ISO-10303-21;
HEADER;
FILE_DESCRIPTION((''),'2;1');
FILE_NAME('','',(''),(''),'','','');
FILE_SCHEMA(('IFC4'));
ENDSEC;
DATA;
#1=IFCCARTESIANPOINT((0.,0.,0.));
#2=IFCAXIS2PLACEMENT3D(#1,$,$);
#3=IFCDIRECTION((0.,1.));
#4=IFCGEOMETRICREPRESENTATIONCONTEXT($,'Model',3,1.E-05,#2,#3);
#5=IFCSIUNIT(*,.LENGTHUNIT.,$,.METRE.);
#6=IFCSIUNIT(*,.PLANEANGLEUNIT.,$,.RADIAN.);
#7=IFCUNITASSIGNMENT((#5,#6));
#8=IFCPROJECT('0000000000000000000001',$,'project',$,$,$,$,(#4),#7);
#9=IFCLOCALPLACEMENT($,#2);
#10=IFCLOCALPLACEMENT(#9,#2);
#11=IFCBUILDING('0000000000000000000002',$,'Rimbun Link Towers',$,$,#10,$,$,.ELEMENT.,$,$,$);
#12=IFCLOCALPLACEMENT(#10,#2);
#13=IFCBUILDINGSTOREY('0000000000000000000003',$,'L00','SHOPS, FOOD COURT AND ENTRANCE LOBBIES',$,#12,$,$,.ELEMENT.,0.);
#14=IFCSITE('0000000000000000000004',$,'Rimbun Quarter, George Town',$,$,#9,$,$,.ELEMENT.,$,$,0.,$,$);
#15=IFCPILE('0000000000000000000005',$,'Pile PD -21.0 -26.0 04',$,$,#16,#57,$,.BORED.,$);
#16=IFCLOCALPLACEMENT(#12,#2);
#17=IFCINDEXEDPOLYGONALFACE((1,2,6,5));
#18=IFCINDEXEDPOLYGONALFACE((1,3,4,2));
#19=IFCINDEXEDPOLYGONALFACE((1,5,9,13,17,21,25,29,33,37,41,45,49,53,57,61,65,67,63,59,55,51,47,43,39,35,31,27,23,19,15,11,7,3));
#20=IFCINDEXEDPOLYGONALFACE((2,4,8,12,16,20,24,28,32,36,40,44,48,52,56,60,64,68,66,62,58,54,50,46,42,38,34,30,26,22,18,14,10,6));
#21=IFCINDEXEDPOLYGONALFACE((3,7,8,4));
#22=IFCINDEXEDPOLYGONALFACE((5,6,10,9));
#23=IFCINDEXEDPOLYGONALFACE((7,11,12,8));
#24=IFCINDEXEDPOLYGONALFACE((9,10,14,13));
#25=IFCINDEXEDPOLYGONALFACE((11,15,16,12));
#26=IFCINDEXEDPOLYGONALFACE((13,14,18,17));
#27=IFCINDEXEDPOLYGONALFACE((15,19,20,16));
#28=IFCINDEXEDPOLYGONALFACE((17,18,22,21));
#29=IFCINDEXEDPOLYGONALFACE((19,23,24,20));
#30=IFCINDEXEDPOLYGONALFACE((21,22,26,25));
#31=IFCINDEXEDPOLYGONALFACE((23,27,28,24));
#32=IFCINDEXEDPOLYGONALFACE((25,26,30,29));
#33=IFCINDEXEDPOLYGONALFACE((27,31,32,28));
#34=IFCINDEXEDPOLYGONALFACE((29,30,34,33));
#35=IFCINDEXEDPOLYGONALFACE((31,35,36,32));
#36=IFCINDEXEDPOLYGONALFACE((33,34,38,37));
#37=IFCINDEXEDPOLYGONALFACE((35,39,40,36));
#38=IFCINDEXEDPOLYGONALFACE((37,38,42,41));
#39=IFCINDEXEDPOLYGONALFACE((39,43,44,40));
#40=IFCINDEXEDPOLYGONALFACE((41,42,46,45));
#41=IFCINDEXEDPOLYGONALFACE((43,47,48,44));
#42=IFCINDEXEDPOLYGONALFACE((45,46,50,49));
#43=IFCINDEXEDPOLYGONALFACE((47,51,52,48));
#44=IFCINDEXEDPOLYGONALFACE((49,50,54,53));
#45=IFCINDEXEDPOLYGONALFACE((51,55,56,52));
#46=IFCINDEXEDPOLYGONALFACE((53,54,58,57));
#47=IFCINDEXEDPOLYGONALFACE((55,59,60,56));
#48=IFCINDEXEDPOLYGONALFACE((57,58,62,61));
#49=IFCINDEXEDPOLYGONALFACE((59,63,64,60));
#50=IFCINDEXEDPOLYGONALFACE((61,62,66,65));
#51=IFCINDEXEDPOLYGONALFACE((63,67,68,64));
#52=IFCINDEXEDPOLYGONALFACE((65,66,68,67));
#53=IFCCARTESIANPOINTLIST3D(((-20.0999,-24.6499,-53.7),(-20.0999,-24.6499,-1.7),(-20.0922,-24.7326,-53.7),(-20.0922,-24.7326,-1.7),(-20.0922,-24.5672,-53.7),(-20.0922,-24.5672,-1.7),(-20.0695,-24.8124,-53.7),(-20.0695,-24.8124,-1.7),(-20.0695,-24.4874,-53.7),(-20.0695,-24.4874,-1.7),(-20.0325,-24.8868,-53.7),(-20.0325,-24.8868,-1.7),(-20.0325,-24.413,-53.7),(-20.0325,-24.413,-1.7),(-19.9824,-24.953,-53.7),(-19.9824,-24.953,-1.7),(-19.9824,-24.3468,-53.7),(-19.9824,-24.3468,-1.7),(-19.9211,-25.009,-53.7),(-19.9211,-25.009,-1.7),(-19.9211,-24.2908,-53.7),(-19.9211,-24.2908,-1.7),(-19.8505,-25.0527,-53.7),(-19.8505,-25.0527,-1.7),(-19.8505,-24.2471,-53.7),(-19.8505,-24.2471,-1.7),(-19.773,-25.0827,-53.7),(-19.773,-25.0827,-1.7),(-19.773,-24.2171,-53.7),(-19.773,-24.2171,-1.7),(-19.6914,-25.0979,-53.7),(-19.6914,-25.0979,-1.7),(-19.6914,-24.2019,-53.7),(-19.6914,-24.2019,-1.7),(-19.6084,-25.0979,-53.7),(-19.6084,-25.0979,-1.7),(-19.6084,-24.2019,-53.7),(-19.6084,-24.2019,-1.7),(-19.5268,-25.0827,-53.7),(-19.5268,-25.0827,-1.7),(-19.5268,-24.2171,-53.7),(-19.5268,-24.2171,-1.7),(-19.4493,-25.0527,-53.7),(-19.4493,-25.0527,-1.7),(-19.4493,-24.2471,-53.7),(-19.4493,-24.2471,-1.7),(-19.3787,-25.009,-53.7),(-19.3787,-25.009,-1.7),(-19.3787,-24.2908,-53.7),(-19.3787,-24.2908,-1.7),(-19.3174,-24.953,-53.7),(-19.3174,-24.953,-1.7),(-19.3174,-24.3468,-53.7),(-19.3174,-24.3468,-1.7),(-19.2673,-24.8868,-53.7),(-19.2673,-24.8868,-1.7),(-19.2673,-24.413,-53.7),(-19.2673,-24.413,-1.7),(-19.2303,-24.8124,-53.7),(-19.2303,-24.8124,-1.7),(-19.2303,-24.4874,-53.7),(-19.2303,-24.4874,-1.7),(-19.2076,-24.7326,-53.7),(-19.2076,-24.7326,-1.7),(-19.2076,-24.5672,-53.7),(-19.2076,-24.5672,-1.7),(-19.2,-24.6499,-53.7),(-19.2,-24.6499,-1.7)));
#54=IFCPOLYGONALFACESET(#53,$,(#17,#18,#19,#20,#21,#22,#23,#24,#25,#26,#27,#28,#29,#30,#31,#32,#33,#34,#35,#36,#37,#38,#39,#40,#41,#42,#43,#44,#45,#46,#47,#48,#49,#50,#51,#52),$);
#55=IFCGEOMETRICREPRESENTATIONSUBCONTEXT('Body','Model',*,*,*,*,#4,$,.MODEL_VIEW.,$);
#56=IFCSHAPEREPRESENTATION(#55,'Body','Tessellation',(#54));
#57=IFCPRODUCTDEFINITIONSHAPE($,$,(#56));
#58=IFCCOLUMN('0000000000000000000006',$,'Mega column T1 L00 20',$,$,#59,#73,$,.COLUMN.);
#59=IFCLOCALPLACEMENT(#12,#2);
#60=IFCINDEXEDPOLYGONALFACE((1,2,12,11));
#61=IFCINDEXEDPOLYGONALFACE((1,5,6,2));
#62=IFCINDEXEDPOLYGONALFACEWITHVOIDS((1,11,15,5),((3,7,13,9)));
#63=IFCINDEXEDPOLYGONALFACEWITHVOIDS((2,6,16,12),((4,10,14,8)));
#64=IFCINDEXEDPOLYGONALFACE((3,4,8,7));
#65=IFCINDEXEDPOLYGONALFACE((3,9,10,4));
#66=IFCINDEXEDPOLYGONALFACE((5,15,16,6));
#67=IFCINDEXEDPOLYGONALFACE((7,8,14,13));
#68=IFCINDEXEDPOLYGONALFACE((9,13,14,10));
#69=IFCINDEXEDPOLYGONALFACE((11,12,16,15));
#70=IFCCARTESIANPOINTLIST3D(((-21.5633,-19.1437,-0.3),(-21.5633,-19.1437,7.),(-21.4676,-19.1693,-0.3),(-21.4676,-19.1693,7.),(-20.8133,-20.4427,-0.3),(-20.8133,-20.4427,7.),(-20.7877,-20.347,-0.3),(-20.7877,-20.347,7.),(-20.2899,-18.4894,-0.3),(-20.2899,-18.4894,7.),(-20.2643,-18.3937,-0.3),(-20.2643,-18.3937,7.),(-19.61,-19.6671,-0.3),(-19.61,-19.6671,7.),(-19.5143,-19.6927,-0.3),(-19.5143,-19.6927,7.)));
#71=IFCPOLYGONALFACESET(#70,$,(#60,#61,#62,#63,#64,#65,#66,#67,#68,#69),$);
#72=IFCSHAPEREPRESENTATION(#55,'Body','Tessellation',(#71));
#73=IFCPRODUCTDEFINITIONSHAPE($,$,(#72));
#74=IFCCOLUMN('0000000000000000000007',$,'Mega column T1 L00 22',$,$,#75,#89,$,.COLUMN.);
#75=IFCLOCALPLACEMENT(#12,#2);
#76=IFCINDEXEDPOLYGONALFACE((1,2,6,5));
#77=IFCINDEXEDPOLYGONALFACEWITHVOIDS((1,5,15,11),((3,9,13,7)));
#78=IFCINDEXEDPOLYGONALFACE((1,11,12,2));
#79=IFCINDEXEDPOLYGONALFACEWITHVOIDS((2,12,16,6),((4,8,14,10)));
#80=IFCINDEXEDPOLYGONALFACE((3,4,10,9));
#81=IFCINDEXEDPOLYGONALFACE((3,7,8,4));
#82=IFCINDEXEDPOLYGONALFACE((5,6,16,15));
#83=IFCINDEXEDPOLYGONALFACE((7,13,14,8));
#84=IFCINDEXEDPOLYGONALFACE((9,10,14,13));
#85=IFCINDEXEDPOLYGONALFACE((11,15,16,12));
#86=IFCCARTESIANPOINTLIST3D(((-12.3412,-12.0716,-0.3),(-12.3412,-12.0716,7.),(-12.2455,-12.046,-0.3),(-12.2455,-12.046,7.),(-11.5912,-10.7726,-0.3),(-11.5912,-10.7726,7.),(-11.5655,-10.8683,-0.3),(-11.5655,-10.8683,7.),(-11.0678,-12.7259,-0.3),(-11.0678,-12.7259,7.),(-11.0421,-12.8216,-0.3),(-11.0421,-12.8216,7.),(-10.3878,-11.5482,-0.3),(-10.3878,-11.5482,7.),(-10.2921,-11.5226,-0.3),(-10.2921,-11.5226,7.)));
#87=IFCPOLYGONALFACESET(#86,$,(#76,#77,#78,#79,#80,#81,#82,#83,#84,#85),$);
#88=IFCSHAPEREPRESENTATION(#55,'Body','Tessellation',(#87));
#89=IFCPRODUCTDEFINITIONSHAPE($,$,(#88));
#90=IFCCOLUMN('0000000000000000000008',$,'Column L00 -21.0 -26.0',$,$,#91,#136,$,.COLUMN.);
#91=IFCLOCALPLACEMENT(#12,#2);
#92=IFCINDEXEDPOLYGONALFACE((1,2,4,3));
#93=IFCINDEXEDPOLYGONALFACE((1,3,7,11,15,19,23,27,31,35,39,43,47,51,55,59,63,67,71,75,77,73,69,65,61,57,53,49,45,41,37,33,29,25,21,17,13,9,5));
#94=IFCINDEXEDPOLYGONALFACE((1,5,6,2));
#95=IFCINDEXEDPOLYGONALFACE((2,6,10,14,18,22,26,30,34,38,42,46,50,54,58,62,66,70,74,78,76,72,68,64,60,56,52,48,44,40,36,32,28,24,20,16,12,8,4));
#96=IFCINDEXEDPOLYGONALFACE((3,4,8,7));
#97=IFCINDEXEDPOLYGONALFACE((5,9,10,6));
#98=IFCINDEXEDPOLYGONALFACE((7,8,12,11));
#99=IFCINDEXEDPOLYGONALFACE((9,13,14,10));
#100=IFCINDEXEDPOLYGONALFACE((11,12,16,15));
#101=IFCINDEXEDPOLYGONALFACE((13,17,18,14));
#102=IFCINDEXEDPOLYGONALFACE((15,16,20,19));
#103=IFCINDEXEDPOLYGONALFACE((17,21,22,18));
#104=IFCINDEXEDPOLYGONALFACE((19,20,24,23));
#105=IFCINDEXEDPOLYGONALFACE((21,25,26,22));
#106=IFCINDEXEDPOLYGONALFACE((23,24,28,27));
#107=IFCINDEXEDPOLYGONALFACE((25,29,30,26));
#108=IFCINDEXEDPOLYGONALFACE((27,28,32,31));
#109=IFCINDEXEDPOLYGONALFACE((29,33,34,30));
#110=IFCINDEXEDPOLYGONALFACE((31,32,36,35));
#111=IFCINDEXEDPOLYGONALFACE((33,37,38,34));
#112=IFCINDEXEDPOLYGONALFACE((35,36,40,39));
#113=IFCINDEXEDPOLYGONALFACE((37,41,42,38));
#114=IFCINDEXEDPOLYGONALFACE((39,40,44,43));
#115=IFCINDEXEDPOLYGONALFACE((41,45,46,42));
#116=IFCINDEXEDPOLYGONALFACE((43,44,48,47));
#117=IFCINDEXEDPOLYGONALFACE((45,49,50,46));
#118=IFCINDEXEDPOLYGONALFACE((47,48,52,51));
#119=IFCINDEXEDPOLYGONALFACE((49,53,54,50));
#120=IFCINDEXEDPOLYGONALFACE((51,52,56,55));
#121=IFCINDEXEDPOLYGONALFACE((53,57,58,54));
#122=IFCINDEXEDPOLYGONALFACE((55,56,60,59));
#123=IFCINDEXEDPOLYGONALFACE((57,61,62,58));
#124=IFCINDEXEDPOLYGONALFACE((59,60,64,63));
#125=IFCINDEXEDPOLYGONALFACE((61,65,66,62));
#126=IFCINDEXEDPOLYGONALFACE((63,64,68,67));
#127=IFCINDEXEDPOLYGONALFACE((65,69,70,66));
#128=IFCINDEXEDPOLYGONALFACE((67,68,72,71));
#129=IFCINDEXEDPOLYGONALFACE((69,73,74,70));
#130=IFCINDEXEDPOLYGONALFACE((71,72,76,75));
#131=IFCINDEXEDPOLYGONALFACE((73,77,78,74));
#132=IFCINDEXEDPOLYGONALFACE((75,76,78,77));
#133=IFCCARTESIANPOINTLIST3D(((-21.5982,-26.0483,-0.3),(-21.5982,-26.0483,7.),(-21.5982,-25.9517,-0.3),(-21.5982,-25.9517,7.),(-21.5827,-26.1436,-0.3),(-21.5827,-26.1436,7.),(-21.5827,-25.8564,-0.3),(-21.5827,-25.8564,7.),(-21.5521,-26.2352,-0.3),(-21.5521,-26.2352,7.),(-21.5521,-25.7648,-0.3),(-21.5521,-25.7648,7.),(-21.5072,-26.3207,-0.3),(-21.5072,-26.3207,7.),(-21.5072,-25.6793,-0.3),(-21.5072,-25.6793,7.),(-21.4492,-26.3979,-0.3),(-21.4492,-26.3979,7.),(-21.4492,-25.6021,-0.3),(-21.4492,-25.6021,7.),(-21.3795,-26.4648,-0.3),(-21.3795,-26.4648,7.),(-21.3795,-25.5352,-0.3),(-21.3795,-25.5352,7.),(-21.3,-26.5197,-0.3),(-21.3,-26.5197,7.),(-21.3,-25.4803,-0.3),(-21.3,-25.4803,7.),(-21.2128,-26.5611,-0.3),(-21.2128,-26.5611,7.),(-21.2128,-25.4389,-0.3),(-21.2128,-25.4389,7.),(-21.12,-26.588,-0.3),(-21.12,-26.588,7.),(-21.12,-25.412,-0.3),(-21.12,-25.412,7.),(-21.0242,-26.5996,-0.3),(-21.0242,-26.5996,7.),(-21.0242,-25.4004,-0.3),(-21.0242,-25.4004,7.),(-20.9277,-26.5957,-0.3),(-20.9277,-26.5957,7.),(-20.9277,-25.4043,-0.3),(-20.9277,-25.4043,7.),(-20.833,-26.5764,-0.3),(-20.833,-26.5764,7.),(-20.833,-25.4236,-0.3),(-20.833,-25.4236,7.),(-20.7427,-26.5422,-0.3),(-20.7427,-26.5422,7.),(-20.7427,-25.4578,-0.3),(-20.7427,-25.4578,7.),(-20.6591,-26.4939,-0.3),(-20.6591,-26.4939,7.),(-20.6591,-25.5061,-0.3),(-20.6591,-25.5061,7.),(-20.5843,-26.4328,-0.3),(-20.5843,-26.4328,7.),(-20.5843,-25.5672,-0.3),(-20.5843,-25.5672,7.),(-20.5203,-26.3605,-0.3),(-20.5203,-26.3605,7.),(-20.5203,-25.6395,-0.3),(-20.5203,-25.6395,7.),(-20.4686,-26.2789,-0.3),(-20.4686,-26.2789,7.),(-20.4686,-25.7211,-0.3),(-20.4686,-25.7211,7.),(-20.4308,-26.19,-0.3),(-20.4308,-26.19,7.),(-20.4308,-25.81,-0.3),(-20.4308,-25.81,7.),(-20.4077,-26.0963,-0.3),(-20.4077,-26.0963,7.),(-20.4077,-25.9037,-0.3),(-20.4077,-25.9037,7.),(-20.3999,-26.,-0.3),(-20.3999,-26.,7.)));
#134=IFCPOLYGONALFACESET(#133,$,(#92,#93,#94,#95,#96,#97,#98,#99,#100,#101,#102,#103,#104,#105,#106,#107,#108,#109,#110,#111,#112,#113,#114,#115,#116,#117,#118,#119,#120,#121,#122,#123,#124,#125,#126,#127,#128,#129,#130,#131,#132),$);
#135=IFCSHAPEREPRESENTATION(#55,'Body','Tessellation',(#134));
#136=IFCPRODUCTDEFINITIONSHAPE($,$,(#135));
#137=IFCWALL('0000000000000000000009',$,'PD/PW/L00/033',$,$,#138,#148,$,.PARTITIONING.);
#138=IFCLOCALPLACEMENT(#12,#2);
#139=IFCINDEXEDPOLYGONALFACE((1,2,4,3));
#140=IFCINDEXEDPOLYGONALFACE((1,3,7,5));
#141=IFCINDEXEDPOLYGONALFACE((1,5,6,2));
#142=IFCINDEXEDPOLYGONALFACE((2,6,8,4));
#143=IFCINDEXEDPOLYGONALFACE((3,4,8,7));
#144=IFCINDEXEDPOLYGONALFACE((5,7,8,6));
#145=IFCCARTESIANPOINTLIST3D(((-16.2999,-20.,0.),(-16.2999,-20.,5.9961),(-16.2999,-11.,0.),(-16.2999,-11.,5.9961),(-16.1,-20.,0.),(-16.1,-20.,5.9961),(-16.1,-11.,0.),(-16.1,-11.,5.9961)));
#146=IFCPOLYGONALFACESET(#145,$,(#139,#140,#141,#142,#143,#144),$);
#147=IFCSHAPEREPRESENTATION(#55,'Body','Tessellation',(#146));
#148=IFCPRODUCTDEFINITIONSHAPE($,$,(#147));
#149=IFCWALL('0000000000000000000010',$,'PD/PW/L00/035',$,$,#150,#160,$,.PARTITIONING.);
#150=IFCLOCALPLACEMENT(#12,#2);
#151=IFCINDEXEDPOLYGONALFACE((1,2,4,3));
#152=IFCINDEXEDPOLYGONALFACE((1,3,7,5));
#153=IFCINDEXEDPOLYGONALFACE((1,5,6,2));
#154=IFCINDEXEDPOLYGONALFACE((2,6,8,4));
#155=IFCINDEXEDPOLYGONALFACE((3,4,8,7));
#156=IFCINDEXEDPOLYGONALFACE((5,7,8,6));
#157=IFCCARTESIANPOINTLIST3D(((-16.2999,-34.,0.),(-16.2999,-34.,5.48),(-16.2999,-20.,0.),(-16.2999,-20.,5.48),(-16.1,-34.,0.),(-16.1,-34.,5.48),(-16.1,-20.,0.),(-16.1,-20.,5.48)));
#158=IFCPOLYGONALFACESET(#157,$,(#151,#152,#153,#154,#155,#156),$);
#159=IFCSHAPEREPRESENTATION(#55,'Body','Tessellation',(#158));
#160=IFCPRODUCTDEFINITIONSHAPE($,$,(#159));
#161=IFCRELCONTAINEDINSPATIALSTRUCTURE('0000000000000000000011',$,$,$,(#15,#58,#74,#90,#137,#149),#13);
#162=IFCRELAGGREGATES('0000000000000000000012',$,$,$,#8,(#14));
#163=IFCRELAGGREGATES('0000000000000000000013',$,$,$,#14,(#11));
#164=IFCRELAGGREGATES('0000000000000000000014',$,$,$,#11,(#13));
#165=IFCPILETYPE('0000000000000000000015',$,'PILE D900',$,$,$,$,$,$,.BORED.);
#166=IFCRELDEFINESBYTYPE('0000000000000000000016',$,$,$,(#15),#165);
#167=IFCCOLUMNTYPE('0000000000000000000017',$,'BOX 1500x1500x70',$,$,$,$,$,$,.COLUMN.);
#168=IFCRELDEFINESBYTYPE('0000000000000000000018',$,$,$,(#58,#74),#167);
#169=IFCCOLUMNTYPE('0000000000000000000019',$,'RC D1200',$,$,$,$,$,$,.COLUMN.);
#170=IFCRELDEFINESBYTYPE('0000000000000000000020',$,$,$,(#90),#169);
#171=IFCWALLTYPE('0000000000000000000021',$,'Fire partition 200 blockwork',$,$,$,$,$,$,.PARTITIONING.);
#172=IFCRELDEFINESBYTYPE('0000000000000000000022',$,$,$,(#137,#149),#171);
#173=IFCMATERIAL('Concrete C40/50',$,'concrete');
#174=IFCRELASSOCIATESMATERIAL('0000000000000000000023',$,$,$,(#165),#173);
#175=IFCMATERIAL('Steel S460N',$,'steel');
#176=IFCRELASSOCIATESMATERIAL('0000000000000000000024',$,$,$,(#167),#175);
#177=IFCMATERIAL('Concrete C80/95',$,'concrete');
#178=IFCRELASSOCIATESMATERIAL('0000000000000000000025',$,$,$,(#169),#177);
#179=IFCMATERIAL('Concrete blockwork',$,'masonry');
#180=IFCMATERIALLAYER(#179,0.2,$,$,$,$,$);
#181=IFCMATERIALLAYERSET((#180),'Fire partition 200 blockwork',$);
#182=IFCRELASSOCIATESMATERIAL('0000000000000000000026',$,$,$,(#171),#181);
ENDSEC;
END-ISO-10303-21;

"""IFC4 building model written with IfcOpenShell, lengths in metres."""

from ifc_helpers import new_model, si_unit, direction, frame, frame_2d, origin, origin_2d, place, context, subcontext, project, spatial, rectangle, hollow_rectangle, circle, extrude, material, layer, layer_set, material_profile, profile_set, type_object, element, save


model = new_model("IFC4")

# Units and contexts
model_context = context("Model", 3, precision=1e-05, world=origin(), true_north=direction((0.0, 1.0)))
body_context = subcontext(model_context, "Body", "Model", "MODEL_VIEW")
ifc_project = project(units=[si_unit("LENGTHUNIT", "METRE"), si_unit("PLANEANGLEUNIT", "RADIAN")], contexts=[model_context])

# Site, building, storey
site_placement = place(None, origin())
site = spatial("IfcSite", under=ifc_project, at=site_placement, Name="Rimbun Quarter, George Town", CompositionType="ELEMENT", RefElevation=0.0)
building_placement = place(site_placement, origin())
building = spatial("IfcBuilding", under=site, at=building_placement, Name="Rimbun Link Towers", CompositionType="ELEMENT")
storey_placement = place(building_placement, origin())
storey = spatial("IfcBuildingStorey", under=building, at=storey_placement, Name="L00", Description="SHOPS, FOOD COURT AND ENTRANCE LOBBIES", CompositionType="ELEMENT", Elevation=0.0)

# Pile
ifc_material_1 = material(Name="Concrete C40/50", Category="concrete")
ifc_material_profile_1 = material_profile(ifc_material_1, circle(Radius=0.45, at=origin_2d()), Name="PILE D900")
ifc_profile_set_1 = profile_set([ifc_material_profile_1], Name="Concrete C40/50")
pile_type_1 = type_object("IfcPileType", Name="PILE D900", PredefinedType="BORED", material=ifc_profile_set_1)
for number, where, z_axis, x_axis, name in (
    (1, (-19.6499, -24.6499, -1.7), (0.0, 0.0, -1.0), (1.0, 0.0, 0.0), "Pile PD -21.0 -26.0 04"),
):
    element("IfcPile", number, at=place(storey_placement, frame(where, z_axis=z_axis, x_axis=x_axis)), inside=storey, type_object=pile_type_1, Name=name, PredefinedType="BORED", context=body_context, shape_type="SweptSolid", body=[
        extrude(circle(Radius=0.45, at=origin_2d()), origin(), (0.0, 0.0, 1.0), 52.0),
    ])

# Columns
ifc_material_2 = material(Name="Steel S460N", Category="steel")
ifc_material_profile_2 = material_profile(ifc_material_2, hollow_rectangle(XDim=1.5, YDim=1.5, WallThickness=0.0701, at=origin_2d()), Name="BOX 1500x1500x70")
ifc_profile_set_2 = profile_set([ifc_material_profile_2], Name="Steel S460N")
column_type_1 = type_object("IfcColumnType", Name="BOX 1500x1500x70", PredefinedType="COLUMN", material=ifc_profile_set_2)
for number, where, z_axis, x_axis, name in (
    (2, (-20.5388, -19.4182, -0.3), (0.0, 0.0, 1.0), (0.5, -0.866025, 0.0), "Mega column T1 L00 20"),
    (3, (-11.3167, -11.7971, -0.3), (0.0, 0.0, 1.0), (0.866025, -0.5, 0.0), "Mega column T1 L00 22"),
):
    element("IfcColumn", number, at=place(storey_placement, frame(where, z_axis=z_axis, x_axis=x_axis)), inside=storey, type_object=column_type_1, Name=name, PredefinedType="COLUMN", context=body_context, shape_type="SweptSolid", body=[
        extrude(hollow_rectangle(XDim=1.5, YDim=1.5, WallThickness=0.0701, at=origin_2d()), origin(), (0.0, 0.0, 1.0), 7.3),
    ])
ifc_material_3 = material(Name="Concrete C80/95", Category="concrete")
ifc_material_profile_3 = material_profile(ifc_material_3, circle(Radius=0.6001, at=origin_2d()), Name="RC D1200")
ifc_profile_set_3 = profile_set([ifc_material_profile_3], Name="Concrete C80/95")
column_type_2 = type_object("IfcColumnType", Name="RC D1200", PredefinedType="COLUMN", material=ifc_profile_set_3)
column_placement = place(storey_placement, frame((-21.0, -26.0, -0.3), z_axis=(0.0, 0.0, 1.0), x_axis=(1.0, 0.0, 0.0)))
element("IfcColumn", 4, at=column_placement, inside=storey, type_object=column_type_2, Name="Column L00 -21.0 -26.0", PredefinedType="COLUMN", context=body_context, shape_type="SweptSolid", body=[
    extrude(circle(Radius=0.6001, at=origin_2d()), origin(), (0.0, 0.0, 1.0), 7.3),
])

# Walls
ifc_material_4 = material(Name="Concrete blockwork", Category="masonry")
ifc_layer_1 = layer(ifc_material_4, 0.2)
ifc_layer_set_1 = layer_set([ifc_layer_1], Name="Fire partition 200 blockwork")
wall_type_1 = type_object("IfcWallType", Name="Fire partition 200 blockwork", PredefinedType="PARTITIONING", material=ifc_layer_set_1)
wall_1_placement = place(storey_placement, frame((-16.2, -20.0, 0.0), z_axis=(0.0, 0.0, 1.0), x_axis=(0.0, 1.0, 0.0)))
element("IfcWall", 5, at=wall_1_placement, inside=storey, type_object=wall_type_1, Name="PD/PW/L00/033", PredefinedType="PARTITIONING", context=body_context, shape_type="SweptSolid", body=[
    extrude(rectangle(XDim=9.0, YDim=0.2, at=frame_2d((4.5, 0.0))), origin(), (0.0, 0.0, 1.0), 5.9961),
])
wall_2_placement = place(storey_placement, frame((-16.2, -34.0, 0.0), z_axis=(0.0, 0.0, 1.0), x_axis=(0.0, 1.0, 0.0)))
element("IfcWall", 6, at=wall_2_placement, inside=storey, type_object=wall_type_1, Name="PD/PW/L00/035", PredefinedType="PARTITIONING", context=body_context, shape_type="SweptSolid", body=[
    extrude(rectangle(XDim=14.0, YDim=0.2, at=frame_2d((7.0, 0.0))), origin(), (0.0, 0.0, 1.0), 5.48),
])

save(model, "model.ifc")
